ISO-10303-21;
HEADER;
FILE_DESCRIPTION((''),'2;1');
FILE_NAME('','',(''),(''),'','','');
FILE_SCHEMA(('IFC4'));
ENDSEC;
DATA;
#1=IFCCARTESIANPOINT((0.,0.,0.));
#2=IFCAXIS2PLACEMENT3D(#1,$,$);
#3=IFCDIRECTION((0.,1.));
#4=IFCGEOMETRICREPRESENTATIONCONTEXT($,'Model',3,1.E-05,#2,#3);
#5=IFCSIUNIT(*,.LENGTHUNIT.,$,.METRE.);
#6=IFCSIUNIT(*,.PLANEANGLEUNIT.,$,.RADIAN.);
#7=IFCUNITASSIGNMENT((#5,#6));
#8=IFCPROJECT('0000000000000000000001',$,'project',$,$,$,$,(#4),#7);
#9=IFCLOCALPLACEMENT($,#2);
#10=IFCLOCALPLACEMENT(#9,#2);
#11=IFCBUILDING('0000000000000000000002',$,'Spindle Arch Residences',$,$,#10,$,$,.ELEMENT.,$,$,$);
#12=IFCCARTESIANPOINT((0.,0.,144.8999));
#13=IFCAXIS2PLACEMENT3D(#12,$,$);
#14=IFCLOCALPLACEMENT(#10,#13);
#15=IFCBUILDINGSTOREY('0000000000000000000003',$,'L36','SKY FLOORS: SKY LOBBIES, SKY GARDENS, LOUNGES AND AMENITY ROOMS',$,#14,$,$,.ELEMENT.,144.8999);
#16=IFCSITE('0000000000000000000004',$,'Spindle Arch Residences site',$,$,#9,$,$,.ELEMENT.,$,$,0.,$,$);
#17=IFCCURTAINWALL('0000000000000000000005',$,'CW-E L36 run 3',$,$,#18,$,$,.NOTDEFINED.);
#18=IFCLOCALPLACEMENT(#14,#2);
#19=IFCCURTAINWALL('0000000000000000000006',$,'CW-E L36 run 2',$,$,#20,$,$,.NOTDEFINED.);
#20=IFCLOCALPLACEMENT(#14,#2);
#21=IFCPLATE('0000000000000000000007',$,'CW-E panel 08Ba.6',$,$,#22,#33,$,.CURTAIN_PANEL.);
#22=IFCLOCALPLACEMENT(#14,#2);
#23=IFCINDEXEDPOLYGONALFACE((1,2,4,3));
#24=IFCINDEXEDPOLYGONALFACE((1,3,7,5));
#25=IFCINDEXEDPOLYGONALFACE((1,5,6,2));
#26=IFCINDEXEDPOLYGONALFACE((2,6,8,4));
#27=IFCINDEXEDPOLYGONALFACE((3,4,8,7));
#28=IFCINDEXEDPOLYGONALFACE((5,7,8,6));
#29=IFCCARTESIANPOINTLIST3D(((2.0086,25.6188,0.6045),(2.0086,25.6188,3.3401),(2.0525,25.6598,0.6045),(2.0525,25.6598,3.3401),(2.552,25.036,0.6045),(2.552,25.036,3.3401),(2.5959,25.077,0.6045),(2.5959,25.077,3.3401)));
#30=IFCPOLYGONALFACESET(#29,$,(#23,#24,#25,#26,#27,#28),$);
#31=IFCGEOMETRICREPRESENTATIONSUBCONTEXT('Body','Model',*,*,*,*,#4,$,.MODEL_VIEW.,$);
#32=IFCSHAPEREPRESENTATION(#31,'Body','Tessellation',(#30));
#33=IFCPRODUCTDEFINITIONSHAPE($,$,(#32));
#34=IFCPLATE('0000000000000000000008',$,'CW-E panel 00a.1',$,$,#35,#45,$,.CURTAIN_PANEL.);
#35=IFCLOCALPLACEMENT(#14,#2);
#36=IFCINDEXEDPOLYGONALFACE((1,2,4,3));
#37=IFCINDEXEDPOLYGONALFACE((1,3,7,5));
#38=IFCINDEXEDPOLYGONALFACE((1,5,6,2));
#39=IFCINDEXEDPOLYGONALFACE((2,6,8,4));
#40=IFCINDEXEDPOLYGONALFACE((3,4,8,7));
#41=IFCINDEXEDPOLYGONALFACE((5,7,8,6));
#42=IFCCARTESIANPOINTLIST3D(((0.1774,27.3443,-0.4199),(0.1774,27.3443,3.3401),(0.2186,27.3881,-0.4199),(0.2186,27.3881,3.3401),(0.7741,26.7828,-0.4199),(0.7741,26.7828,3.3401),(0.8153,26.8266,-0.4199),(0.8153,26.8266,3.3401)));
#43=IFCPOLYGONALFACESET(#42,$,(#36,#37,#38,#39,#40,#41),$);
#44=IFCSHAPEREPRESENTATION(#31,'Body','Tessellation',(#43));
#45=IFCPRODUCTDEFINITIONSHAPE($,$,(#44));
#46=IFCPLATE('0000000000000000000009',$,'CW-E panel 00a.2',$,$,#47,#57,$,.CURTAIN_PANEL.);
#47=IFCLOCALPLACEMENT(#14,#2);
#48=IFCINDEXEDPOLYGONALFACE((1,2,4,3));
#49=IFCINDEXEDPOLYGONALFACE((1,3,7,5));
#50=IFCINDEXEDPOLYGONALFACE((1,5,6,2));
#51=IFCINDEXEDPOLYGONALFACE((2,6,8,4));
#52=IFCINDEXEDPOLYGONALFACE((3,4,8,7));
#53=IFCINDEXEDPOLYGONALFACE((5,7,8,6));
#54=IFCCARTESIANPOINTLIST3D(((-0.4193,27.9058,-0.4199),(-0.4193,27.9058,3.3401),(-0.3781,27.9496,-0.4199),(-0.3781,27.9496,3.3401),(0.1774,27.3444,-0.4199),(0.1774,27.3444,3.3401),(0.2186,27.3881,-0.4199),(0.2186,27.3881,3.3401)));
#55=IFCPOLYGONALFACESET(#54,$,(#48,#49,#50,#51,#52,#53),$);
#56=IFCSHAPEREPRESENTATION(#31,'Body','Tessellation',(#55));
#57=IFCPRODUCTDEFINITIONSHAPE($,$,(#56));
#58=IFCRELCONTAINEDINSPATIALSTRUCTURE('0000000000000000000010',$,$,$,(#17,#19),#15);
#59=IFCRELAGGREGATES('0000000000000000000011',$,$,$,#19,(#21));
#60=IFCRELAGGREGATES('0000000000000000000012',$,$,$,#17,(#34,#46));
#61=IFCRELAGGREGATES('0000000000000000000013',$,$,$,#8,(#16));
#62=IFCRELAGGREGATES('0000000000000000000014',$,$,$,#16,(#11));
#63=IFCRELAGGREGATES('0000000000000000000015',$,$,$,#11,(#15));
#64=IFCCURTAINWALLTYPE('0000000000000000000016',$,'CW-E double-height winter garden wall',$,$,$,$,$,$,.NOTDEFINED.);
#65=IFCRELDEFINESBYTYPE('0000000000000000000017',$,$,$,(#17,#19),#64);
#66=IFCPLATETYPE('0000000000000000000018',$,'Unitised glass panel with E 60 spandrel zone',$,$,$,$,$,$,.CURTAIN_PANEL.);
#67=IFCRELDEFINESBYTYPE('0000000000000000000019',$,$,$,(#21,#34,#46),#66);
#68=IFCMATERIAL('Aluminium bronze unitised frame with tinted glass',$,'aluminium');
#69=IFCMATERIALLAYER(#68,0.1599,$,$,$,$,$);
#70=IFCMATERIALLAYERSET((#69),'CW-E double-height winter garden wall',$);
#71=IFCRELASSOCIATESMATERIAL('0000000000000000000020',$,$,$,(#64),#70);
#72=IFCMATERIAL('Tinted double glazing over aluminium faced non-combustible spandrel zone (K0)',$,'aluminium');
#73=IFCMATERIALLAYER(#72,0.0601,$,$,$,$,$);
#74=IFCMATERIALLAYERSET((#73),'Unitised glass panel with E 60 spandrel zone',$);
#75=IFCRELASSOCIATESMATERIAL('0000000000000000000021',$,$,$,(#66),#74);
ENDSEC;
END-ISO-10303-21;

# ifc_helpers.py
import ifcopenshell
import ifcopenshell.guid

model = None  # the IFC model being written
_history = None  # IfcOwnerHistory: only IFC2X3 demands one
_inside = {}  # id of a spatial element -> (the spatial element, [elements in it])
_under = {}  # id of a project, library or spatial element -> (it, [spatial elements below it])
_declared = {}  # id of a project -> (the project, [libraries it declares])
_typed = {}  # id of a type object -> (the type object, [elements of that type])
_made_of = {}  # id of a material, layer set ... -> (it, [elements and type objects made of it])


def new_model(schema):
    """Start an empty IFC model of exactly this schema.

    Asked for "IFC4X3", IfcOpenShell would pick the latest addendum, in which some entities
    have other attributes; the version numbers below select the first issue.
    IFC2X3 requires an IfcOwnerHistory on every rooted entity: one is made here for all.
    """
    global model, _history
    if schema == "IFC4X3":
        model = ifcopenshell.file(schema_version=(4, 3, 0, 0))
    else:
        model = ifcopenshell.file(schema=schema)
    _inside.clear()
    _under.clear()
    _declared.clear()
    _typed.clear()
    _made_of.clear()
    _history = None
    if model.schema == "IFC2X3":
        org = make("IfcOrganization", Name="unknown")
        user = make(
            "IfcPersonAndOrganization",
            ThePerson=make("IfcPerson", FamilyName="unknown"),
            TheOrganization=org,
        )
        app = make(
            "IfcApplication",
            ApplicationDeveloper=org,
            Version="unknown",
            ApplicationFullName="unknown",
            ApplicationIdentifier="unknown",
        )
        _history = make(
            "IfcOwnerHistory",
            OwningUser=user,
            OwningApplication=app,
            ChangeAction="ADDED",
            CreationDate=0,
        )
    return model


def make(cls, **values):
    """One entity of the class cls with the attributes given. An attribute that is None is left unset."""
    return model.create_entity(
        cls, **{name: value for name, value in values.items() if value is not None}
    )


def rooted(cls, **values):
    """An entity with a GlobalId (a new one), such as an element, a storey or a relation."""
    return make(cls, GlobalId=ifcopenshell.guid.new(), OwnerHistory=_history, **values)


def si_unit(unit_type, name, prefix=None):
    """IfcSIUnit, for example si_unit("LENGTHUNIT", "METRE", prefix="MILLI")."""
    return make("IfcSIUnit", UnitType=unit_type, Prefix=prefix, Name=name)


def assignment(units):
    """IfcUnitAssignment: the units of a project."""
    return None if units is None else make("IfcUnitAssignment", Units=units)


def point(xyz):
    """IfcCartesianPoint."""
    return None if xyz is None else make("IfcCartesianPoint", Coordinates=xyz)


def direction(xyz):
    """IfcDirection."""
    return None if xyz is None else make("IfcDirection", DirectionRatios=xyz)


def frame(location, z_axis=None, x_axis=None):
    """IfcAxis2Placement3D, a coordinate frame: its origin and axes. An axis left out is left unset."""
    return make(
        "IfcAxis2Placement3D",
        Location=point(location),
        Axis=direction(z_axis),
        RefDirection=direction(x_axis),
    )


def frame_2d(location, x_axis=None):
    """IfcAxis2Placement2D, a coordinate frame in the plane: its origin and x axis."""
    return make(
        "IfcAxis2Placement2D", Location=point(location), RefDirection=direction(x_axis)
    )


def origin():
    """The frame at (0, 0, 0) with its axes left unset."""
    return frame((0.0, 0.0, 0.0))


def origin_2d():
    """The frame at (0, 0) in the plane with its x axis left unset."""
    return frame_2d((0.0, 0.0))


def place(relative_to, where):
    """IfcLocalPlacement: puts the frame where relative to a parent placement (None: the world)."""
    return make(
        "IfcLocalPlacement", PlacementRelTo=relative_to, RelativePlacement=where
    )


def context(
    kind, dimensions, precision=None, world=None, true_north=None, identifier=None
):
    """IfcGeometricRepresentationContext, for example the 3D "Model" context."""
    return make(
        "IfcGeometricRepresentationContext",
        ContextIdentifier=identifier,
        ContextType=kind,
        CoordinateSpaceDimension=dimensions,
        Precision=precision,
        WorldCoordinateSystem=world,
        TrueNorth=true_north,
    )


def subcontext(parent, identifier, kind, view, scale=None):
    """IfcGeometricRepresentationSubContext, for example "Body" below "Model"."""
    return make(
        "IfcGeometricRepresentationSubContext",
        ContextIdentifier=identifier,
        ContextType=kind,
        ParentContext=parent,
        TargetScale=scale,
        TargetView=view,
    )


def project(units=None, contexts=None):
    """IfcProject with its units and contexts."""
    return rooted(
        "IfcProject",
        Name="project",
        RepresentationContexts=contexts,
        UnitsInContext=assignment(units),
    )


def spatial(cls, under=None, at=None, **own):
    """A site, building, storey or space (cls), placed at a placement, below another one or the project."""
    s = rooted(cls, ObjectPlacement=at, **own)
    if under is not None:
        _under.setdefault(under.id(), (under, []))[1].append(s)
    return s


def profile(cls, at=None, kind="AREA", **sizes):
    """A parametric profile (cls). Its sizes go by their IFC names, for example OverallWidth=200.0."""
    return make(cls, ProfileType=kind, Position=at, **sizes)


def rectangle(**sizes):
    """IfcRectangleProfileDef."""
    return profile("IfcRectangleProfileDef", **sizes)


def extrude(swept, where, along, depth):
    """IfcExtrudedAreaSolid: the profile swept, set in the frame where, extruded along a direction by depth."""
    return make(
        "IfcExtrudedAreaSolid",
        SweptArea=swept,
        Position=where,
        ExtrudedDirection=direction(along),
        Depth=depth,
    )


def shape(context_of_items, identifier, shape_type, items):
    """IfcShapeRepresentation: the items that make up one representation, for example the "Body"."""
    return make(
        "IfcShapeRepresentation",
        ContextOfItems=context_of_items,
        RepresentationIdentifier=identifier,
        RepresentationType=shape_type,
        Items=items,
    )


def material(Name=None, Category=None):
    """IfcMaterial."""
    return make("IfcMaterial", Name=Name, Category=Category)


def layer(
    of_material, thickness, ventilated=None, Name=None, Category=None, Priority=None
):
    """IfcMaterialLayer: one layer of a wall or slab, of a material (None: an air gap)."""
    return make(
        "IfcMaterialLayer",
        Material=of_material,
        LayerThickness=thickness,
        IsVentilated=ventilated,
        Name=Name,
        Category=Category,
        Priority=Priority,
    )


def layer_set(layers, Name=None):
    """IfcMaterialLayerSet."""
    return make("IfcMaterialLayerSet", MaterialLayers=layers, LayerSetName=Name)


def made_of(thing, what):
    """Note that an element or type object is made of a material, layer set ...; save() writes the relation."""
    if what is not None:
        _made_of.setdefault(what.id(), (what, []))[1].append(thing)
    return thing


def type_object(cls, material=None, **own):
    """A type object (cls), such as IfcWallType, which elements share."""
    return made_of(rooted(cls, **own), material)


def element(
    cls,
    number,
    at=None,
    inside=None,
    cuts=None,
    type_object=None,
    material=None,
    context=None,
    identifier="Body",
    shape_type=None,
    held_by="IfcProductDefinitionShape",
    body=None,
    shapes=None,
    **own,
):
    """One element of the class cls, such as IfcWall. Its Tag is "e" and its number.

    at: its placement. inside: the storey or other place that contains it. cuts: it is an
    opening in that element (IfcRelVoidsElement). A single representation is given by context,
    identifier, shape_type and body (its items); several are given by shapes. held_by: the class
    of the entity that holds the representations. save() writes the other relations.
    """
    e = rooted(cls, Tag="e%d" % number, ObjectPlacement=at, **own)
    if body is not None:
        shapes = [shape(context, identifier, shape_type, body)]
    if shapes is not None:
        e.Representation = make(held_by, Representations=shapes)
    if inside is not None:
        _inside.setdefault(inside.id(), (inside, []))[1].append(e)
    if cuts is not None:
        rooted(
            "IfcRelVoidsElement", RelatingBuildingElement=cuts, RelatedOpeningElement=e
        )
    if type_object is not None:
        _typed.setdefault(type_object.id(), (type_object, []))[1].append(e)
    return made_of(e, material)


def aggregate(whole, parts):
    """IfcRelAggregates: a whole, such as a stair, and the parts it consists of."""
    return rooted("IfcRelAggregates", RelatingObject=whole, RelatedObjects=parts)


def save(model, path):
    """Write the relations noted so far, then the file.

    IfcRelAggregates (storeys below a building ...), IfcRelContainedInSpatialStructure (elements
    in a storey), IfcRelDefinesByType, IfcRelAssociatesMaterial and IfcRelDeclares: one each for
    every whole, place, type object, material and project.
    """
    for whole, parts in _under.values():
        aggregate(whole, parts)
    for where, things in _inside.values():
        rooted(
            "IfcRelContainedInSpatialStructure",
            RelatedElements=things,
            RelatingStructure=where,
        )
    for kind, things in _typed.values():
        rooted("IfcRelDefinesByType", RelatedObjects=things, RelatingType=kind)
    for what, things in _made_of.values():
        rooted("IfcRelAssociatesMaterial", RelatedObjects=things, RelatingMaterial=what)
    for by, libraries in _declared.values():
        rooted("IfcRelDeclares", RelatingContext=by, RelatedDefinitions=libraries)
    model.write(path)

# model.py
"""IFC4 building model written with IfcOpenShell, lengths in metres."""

from ifc_helpers import new_model, si_unit, direction, frame, origin, origin_2d, place, context, subcontext, project, spatial, rectangle, extrude, material, layer, layer_set, type_object, element, aggregate, save


model = new_model("IFC4")

# Units and contexts
model_context = context("Model", 3, precision=1e-05, world=origin(), true_north=direction((0.0, 1.0)))
body_context = subcontext(model_context, "Body", "Model", "MODEL_VIEW")
ifc_project = project(units=[si_unit("LENGTHUNIT", "METRE"), si_unit("PLANEANGLEUNIT", "RADIAN")], contexts=[model_context])

# Site, building, storey
site_placement = place(None, origin())
site = spatial("IfcSite", under=ifc_project, at=site_placement, Name="Spindle Arch Residences site", CompositionType="ELEMENT", RefElevation=0.0)
building_placement = place(site_placement, origin())
building = spatial("IfcBuilding", under=site, at=building_placement, Name="Spindle Arch Residences", CompositionType="ELEMENT")
storey_placement = place(building_placement, frame((0.0, 0.0, 144.8999)))
storey = spatial("IfcBuildingStorey", under=building, at=storey_placement, Name="L36", Description="SKY FLOORS: SKY LOBBIES, SKY GARDENS, LOUNGES AND AMENITY ROOMS", CompositionType="ELEMENT", Elevation=144.8999)

# Curtain wall
ifc_material_1 = material(Name="Aluminium bronze unitised frame with tinted glass", Category="aluminium")
ifc_layer_1 = layer(ifc_material_1, 0.1599)
ifc_layer_set_1 = layer_set([ifc_layer_1], Name="CW-E double-height winter garden wall")
curtain_wall_type = type_object("IfcCurtainWallType", Name="CW-E double-height winter garden wall", PredefinedType="NOTDEFINED", material=ifc_layer_set_1)
curtain_wall_1_placement = place(storey_placement, origin())
curtain_wall_1 = element("IfcCurtainWall", 1, at=curtain_wall_1_placement, inside=storey, type_object=curtain_wall_type, Name="CW-E L36 run 3", PredefinedType="NOTDEFINED")

# Curtain wall
curtain_wall_2_placement = place(storey_placement, origin())
curtain_wall_2 = element("IfcCurtainWall", 2, at=curtain_wall_2_placement, inside=storey, type_object=curtain_wall_type, Name="CW-E L36 run 2", PredefinedType="NOTDEFINED")

# Plates
ifc_material_2 = material(Name="Tinted double glazing over aluminium faced non-combustible spandrel zone (K0)", Category="aluminium")
ifc_layer_2 = layer(ifc_material_2, 0.0601)
ifc_layer_set_2 = layer_set([ifc_layer_2], Name="Unitised glass panel with E 60 spandrel zone")
plate_type_1 = type_object("IfcPlateType", Name="Unitised glass panel with E 60 spandrel zone", PredefinedType="CURTAIN_PANEL", material=ifc_layer_set_2)
plate_1_placement = place(storey_placement, frame((2.3022, 25.3479, 0.6045), z_axis=(0.0, 0.0, 1.0), x_axis=(-0.681998, 0.731354, 0.0)))
plate_1 = element("IfcPlate", 3, at=plate_1_placement, type_object=plate_type_1, Name="CW-E panel 08Ba.6", PredefinedType="CURTAIN_PANEL", context=body_context, shape_type="SweptSolid", body=[
    extrude(rectangle(XDim=0.7969, YDim=0.0601, at=origin_2d()), origin(), (0.0, 0.0, 1.0), 2.7356),
])
aggregate(curtain_wall_2, [plate_1])
plate_2_placement = place(storey_placement, frame((0.4963, 27.0854, -0.4199), z_axis=(0.0, 0.0, 1.0), x_axis=(-0.72827, 0.68529, 0.0)))
plate_2 = element("IfcPlate", 4, at=plate_2_placement, type_object=plate_type_1, Name="CW-E panel 00a.1", PredefinedType="CURTAIN_PANEL", context=body_context, shape_type="SweptSolid", body=[
    extrude(rectangle(XDim=0.8193, YDim=0.0601, at=origin_2d()), origin(), (0.0, 0.0, 1.0), 3.76),
])
plate_3_placement = place(storey_placement, frame((-0.1003, 27.647, -0.4199), z_axis=(0.0, 0.0, 1.0), x_axis=(-0.72827, 0.68529, 0.0)))
plate_3 = element("IfcPlate", 5, at=plate_3_placement, type_object=plate_type_1, Name="CW-E panel 00a.2", PredefinedType="CURTAIN_PANEL", context=body_context, shape_type="SweptSolid", body=[
    extrude(rectangle(XDim=0.8193, YDim=0.0601, at=origin_2d()), origin(), (0.0, 0.0, 1.0), 3.76),
])
aggregate(curtain_wall_1, [plate_2, plate_3])

save(model, "model.ifc")
